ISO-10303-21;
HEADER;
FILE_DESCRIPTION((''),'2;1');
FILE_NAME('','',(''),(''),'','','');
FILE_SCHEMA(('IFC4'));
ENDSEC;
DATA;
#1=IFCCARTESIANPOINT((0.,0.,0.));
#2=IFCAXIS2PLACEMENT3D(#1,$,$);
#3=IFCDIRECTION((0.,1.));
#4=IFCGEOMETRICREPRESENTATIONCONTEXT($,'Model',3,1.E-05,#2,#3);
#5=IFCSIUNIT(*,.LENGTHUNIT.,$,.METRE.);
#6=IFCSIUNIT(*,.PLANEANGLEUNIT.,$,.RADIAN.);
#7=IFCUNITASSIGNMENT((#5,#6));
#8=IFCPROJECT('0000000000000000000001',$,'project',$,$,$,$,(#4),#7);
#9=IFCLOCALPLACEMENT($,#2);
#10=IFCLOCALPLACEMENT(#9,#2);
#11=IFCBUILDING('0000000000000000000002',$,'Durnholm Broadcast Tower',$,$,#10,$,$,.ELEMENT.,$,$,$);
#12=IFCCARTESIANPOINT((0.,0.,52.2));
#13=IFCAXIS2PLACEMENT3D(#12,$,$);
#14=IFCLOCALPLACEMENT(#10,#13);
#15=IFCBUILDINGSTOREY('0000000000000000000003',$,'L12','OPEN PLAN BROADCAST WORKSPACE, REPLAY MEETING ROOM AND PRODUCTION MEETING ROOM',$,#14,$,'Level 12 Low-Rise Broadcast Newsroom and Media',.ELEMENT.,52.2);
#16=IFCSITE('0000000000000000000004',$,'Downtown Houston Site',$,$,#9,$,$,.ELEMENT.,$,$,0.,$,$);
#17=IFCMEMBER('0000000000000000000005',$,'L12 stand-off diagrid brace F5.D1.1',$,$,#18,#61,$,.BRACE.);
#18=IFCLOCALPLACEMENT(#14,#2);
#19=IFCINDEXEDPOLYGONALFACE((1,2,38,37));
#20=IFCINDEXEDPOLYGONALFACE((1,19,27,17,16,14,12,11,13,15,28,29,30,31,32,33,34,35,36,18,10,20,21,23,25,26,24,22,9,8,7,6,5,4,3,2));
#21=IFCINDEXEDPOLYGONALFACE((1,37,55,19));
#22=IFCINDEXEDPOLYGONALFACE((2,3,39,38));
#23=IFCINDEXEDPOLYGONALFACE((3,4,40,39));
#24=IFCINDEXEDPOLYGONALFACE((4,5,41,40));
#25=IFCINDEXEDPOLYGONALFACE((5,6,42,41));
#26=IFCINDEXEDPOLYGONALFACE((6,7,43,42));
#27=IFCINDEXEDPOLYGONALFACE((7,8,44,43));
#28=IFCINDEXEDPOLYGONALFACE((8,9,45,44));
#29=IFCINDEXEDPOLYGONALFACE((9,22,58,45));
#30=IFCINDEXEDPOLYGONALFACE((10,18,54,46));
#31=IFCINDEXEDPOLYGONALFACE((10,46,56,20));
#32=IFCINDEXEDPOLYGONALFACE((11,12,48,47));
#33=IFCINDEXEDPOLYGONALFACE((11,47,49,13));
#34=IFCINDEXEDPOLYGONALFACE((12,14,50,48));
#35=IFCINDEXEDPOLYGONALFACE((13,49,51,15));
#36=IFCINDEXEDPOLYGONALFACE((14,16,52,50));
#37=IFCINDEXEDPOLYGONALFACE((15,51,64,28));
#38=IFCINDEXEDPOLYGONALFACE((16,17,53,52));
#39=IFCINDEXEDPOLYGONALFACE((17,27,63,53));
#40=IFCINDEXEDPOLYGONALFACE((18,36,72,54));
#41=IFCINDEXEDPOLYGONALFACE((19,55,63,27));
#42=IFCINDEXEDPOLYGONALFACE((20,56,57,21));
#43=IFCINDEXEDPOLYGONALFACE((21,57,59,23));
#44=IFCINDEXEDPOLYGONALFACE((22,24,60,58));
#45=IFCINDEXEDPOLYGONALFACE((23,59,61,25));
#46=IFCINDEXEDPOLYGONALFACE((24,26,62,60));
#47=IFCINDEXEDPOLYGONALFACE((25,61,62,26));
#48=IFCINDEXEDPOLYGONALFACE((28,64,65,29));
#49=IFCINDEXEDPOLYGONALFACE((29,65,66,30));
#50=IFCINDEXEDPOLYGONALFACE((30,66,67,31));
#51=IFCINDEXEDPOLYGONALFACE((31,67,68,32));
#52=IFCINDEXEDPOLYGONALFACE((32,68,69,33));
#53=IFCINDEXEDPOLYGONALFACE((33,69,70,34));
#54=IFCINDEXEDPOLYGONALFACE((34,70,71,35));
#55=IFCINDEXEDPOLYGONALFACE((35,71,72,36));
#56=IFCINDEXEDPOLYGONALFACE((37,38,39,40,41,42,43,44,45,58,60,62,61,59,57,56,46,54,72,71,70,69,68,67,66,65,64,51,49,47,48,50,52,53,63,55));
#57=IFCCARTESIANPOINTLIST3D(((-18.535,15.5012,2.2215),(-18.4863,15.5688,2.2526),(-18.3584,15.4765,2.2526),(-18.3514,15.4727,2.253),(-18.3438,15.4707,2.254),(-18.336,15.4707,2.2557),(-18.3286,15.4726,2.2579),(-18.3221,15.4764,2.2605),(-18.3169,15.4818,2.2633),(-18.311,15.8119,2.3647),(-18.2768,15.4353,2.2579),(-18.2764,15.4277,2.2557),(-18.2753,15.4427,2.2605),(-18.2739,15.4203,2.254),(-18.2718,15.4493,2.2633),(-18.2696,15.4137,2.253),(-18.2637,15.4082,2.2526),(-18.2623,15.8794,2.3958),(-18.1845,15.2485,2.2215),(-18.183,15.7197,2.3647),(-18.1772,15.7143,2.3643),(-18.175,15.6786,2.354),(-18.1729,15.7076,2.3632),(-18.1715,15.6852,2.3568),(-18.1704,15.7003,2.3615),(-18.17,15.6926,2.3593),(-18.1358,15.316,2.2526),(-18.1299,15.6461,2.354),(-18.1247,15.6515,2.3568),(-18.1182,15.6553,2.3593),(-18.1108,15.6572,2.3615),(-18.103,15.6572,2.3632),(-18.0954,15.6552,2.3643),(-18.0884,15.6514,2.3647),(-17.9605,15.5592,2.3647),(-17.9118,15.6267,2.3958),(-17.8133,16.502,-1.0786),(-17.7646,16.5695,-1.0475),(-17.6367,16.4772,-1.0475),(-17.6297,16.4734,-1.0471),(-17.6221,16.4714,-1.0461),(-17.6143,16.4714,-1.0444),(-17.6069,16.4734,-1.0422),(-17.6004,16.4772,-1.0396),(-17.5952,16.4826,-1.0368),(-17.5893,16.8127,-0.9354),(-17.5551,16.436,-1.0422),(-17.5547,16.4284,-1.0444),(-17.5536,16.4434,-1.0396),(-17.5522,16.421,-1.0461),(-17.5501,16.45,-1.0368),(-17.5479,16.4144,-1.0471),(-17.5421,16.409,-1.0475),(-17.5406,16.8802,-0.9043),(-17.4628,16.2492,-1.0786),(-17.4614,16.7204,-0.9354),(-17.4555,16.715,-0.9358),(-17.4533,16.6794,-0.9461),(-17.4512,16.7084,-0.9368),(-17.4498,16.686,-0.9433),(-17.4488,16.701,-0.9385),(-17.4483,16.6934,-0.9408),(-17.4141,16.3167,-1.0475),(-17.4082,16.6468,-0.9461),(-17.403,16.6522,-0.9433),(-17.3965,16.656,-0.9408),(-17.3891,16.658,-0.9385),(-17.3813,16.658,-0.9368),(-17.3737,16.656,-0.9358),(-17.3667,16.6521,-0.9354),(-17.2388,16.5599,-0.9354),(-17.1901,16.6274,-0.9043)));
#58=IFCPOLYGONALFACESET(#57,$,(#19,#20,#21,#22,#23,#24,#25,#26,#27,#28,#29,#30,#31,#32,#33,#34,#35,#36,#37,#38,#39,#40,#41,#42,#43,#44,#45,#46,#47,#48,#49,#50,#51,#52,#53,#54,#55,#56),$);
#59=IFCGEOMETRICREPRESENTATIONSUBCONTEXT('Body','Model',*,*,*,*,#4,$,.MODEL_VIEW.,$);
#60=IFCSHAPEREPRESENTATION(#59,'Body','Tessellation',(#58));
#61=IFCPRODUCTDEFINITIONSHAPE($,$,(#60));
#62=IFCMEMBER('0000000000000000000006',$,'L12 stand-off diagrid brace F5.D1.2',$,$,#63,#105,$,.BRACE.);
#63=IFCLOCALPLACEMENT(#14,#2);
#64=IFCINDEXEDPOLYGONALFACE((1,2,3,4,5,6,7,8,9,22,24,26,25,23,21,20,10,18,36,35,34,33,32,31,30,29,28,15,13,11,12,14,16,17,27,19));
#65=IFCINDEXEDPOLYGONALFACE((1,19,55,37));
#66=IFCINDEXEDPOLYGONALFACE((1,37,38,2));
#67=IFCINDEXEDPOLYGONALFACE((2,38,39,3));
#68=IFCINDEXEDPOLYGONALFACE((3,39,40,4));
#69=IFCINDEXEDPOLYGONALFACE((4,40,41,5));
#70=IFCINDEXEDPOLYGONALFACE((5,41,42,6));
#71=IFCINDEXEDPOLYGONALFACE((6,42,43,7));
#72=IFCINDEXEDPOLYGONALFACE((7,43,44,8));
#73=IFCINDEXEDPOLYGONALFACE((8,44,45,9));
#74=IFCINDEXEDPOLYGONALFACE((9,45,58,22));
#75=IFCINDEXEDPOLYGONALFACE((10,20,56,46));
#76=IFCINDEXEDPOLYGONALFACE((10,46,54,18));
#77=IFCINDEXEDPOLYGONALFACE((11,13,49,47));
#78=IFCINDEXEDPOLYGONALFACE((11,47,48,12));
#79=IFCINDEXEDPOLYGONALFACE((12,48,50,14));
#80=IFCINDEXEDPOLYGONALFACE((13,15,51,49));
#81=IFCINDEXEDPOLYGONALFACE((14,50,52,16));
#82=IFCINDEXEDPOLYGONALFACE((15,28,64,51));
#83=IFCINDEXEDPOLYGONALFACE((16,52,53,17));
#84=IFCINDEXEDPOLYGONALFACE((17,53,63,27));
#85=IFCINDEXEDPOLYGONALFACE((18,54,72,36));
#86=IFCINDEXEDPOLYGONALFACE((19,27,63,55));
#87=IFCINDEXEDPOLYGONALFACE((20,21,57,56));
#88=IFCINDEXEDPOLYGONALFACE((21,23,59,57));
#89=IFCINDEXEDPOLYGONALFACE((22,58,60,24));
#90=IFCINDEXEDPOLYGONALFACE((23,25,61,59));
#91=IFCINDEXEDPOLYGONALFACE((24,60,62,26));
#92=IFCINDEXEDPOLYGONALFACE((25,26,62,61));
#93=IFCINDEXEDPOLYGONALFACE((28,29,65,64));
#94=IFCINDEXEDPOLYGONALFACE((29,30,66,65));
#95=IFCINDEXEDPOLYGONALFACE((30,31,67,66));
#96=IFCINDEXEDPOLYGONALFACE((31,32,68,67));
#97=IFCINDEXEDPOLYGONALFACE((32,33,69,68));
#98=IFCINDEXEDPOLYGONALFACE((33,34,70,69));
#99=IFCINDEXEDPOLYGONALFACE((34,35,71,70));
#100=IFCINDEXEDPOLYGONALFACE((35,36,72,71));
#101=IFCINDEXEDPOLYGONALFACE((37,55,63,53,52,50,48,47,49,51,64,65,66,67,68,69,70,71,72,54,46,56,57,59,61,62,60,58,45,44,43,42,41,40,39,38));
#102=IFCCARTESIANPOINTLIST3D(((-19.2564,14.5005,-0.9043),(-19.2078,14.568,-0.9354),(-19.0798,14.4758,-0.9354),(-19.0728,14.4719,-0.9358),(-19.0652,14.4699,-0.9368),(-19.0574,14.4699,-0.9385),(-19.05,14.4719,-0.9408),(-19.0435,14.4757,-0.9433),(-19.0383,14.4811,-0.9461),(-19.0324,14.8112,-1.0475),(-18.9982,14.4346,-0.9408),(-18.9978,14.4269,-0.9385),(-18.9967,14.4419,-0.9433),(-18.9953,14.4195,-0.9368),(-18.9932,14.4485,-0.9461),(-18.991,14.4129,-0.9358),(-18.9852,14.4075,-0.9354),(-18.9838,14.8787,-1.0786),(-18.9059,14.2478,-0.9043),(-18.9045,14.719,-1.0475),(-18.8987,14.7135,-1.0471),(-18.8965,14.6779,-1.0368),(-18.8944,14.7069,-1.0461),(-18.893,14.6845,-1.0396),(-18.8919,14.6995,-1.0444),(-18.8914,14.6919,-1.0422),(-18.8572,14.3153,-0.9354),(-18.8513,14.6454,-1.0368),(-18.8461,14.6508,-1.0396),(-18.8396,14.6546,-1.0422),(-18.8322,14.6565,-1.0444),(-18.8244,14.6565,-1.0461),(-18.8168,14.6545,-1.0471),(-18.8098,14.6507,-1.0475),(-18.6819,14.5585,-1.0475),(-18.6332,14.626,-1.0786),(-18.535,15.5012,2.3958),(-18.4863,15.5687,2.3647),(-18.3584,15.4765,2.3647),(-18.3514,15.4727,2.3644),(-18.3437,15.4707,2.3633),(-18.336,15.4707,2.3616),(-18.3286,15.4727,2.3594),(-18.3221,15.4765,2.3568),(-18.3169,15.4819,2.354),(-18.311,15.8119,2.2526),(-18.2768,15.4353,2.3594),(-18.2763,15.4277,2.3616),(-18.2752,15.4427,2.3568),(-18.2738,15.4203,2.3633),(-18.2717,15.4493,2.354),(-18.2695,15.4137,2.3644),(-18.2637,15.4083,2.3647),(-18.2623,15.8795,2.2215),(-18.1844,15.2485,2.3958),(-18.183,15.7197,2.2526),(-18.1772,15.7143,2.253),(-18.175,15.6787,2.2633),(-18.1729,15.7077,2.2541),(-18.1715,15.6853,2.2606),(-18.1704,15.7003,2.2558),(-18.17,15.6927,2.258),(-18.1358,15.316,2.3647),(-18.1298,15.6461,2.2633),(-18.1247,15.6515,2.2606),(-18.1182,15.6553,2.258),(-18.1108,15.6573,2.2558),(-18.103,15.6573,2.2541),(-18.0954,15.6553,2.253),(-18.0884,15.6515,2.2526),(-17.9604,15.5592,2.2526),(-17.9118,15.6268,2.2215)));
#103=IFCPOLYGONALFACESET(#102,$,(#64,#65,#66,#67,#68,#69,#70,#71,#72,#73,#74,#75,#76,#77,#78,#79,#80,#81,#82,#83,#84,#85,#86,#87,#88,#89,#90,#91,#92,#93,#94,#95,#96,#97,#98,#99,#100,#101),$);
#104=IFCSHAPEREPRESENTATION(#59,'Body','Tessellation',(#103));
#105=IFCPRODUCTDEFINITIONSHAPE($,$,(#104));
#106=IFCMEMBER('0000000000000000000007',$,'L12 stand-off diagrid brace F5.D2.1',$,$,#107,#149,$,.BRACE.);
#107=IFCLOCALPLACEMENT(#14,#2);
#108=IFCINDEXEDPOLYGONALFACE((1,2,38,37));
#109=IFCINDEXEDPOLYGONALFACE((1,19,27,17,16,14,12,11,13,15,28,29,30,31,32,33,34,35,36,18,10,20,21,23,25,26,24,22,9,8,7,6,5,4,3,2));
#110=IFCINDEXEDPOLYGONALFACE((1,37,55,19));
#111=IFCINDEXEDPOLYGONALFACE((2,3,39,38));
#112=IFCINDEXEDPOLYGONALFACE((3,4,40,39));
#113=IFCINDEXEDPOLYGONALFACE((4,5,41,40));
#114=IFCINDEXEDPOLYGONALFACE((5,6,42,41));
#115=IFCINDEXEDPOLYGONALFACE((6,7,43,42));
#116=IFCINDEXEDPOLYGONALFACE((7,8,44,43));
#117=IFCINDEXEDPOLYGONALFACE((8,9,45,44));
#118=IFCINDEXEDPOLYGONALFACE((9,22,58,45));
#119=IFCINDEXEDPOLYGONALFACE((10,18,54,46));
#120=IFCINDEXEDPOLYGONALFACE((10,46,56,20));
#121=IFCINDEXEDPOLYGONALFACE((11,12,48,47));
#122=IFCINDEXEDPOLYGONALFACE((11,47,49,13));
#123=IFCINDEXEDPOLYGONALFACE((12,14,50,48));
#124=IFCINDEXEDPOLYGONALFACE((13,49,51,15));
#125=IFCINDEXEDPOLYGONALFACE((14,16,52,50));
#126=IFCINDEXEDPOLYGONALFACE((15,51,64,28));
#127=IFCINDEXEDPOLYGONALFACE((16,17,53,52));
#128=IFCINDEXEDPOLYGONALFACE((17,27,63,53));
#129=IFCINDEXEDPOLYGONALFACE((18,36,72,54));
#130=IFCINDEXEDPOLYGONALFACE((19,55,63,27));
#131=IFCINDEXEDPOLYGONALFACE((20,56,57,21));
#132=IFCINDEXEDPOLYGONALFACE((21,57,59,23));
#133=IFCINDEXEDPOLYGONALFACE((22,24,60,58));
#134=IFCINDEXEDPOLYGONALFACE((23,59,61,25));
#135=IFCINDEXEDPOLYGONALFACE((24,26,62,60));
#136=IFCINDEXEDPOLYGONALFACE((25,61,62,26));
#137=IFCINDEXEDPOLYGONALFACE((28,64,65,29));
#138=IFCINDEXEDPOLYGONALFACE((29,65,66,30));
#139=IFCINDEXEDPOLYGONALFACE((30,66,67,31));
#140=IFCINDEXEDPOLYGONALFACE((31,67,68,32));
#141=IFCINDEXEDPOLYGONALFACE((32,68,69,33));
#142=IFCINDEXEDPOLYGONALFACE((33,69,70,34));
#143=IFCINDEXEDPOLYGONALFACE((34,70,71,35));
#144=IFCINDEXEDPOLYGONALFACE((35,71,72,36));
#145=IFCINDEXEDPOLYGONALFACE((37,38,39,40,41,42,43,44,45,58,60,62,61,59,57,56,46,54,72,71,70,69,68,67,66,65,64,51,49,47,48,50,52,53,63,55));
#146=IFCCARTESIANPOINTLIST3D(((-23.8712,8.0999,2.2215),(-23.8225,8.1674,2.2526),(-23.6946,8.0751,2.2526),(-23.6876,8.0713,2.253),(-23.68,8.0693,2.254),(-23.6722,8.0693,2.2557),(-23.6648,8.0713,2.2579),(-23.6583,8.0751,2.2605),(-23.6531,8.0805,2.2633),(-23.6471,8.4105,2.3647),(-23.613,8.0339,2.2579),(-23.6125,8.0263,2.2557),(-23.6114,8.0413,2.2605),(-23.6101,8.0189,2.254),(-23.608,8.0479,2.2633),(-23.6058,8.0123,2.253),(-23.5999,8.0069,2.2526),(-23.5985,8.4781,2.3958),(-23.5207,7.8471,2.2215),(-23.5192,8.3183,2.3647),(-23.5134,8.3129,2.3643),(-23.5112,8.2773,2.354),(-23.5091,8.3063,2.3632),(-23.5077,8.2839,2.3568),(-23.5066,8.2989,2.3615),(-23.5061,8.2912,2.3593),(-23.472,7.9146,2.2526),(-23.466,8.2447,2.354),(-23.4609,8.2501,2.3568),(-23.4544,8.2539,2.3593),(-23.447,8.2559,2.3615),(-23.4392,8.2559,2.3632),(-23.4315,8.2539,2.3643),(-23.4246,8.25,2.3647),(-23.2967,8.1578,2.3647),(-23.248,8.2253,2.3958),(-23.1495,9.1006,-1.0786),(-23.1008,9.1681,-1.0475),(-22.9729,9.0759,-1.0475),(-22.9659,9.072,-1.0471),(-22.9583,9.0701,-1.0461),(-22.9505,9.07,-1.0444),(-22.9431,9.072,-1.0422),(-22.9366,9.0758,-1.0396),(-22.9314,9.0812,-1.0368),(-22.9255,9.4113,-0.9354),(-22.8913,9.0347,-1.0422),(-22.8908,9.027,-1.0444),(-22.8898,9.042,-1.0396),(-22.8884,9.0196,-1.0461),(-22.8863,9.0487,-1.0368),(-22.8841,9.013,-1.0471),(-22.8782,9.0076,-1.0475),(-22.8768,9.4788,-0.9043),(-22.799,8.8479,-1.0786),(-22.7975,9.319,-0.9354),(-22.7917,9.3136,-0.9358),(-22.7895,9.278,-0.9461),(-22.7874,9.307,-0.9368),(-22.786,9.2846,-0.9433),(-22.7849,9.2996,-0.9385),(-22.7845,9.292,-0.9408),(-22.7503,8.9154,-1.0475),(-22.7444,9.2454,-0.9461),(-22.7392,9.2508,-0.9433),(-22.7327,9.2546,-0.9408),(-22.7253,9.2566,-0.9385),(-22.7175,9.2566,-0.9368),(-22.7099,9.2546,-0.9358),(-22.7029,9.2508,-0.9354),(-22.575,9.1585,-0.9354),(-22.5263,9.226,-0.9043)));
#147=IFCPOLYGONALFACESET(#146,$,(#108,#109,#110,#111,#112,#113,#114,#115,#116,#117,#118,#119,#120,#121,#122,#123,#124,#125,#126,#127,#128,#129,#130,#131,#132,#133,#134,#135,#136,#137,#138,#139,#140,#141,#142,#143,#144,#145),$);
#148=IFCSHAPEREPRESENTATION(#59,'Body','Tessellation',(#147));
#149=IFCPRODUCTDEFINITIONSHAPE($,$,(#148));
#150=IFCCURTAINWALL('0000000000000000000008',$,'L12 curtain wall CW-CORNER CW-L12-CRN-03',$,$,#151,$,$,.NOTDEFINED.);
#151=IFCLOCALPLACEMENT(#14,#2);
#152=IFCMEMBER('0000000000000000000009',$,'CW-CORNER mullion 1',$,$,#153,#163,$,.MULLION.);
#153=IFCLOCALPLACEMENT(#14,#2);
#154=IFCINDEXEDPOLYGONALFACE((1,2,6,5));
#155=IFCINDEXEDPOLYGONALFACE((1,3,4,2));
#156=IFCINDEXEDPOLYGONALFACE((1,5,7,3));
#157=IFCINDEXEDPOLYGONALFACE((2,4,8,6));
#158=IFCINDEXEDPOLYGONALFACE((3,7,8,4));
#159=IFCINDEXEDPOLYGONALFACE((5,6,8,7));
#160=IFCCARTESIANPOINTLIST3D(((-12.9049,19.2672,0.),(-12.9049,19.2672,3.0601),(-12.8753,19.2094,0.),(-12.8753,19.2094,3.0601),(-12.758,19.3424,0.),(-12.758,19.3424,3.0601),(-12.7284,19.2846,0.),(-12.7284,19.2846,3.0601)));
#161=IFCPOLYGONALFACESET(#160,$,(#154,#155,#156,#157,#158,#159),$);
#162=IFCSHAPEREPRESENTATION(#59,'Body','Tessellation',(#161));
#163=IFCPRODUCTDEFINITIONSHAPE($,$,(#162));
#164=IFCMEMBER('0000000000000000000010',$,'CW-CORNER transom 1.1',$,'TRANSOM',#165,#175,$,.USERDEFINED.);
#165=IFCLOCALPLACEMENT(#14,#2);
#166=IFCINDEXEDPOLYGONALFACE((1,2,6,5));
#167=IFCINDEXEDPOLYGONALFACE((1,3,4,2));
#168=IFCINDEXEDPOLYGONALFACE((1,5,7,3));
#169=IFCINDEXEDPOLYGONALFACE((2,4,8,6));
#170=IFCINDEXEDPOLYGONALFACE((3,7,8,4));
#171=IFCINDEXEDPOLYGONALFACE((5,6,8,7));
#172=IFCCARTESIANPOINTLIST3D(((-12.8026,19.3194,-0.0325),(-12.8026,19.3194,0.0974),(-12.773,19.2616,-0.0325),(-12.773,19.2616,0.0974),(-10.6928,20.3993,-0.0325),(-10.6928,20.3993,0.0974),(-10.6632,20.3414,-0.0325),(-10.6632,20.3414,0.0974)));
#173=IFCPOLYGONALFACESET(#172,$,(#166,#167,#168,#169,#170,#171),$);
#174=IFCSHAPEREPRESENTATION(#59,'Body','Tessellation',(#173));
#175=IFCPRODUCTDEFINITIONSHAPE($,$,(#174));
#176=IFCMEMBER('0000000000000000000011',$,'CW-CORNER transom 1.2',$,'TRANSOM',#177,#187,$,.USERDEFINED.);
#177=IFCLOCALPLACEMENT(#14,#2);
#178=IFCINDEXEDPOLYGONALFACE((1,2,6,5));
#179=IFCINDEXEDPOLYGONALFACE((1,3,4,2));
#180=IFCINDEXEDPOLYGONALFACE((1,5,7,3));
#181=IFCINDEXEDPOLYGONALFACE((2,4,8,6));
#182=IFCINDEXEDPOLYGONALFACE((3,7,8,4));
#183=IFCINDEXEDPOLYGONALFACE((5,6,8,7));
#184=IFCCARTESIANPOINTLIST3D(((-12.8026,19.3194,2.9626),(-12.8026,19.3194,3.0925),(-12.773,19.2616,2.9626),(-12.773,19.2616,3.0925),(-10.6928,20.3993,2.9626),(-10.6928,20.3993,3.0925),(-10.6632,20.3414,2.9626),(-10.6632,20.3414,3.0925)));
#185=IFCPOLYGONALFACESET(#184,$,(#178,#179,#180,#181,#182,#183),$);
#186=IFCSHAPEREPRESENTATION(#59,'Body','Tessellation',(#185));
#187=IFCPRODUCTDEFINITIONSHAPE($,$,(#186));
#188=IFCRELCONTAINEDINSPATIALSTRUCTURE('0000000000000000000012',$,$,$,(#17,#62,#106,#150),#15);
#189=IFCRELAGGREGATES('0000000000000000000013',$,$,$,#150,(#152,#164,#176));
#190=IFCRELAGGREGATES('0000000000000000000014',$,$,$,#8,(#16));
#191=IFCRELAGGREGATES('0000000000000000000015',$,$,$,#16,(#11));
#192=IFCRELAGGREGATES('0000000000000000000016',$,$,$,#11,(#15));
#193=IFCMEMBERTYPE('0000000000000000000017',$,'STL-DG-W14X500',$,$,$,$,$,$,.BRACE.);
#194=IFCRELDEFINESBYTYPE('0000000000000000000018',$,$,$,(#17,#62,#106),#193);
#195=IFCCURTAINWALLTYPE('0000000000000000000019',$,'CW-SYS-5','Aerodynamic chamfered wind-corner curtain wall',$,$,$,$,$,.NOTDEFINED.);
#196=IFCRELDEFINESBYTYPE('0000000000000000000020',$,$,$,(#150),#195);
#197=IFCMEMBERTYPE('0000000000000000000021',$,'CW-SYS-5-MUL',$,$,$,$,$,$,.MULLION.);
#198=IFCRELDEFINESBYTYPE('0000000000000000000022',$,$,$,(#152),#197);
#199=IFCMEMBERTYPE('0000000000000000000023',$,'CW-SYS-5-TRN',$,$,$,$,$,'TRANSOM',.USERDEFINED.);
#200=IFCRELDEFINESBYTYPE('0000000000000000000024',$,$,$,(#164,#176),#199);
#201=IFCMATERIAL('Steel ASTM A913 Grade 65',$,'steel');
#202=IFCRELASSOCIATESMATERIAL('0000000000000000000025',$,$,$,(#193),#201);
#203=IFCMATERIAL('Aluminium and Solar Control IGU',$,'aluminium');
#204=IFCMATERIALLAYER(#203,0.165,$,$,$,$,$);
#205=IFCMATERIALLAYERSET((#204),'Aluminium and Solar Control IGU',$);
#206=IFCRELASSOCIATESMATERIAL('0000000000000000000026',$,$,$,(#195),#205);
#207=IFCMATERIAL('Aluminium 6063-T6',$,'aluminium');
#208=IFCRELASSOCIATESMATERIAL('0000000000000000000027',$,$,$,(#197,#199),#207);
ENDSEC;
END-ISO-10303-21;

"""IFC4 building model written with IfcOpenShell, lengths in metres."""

from ifc_helpers import new_model, si_unit, direction, frame, origin, origin_2d, place, context, subcontext, project, spatial, rectangle, i_section, extrude, source, transform, mapped, material, layer, layer_set, material_profile, profile_set, type_object, type_shapes, element, aggregate, save


model = new_model("IFC4")

# Units and contexts
model_context = context("Model", 3, precision=1e-05, world=origin(), true_north=direction((0.0, 1.0)))
body_context = subcontext(model_context, "Body", "Model", "MODEL_VIEW")
ifc_project = project(units=[si_unit("LENGTHUNIT", "METRE"), si_unit("PLANEANGLEUNIT", "RADIAN")], contexts=[model_context])

# Site, building, storey
site_placement = place(None, origin())
site = spatial("IfcSite", under=ifc_project, at=site_placement, Name="Downtown Houston Site", CompositionType="ELEMENT", RefElevation=0.0)
building_placement = place(site_placement, origin())
building = spatial("IfcBuilding", under=site, at=building_placement, Name="Durnholm Broadcast Tower", CompositionType="ELEMENT")
storey_placement = place(building_placement, frame((0.0, 0.0, 52.2)))
storey = spatial("IfcBuildingStorey", under=building, at=storey_placement, Name="L12", Description="OPEN PLAN BROADCAST WORKSPACE, REPLAY MEETING ROOM AND PRODUCTION MEETING ROOM", LongName="Level 12 Low-Rise Broadcast Newsroom and Media", CompositionType="ELEMENT", Elevation=52.2)

# Members
ifc_material_1 = material(Name="Steel ASTM A913 Grade 65", Category="steel")
ifc_material_profile_1 = material_profile(ifc_material_1, i_section(OverallWidth=0.4321, OverallDepth=0.4978, WebThickness=0.0557, FlangeThickness=0.0889, FilletRadius=0.0305, at=origin_2d()), Name="W14X500")
ifc_profile_set_1 = profile_set([ifc_material_profile_1], Name="Steel ASTM A913 Grade 65")
member_type_1 = type_object("IfcMemberType", Name="STL-DG-W14X500", PredefinedType="BRACE", material=ifc_profile_set_1)
shared_shape_1 = source(origin(), body_context, "Body", "SweptSolid", [
    extrude(i_section(OverallWidth=0.4321, OverallDepth=0.4978, WebThickness=0.0557, FlangeThickness=0.0889, FilletRadius=0.0305, at=origin_2d()), origin(), (0.0, 0.0, 1.0), 3.5232),
])
type_shapes(member_type_1, [shared_shape_1])
for number, where, z_axis, x_axis, name in (
    (1, (-17.5017, 16.5647, -0.9915), (-0.204839, -0.284045, 0.936675), (0.811091, -0.58492, 0.0), "L12 stand-off diagrid brace F5.D1.1"),
    (2, (-18.9448, 14.5632, -0.9915), (0.204773, 0.284049, 0.936688), (-0.811185, 0.584789, 0.0), "L12 stand-off diagrid brace F5.D1.2"),
    (3, (-22.8379, 9.1633, -0.9915), (-0.204839, -0.284045, 0.936675), (0.811091, -0.58492, 0.0), "L12 stand-off diagrid brace F5.D2.1"),
):
    element("IfcMember", number, at=place(storey_placement, frame(where, z_axis=z_axis, x_axis=x_axis)), inside=storey, type_object=member_type_1, Name=name, PredefinedType="BRACE", context=body_context, shape_type="MappedRepresentation", body=[
        mapped(shared_shape_1, transform((0.0, 0.0, 0.0), x_axis=(1.0, 0.0, 0.0), y_axis=(0.0, 1.0, 0.0), z_axis=(0.0, 0.0, 1.0), scale=1.0)),
    ])

# Curtain wall, members
ifc_material_2 = material(Name="Aluminium and Solar Control IGU", Category="aluminium")
ifc_layer_1 = layer(ifc_material_2, 0.165)
ifc_layer_set_1 = layer_set([ifc_layer_1], Name="Aluminium and Solar Control IGU")
curtain_wall_type_1 = type_object("IfcCurtainWallType", Name="CW-SYS-5", Description="Aerodynamic chamfered wind-corner curtain wall", PredefinedType="NOTDEFINED", material=ifc_layer_set_1)
curtain_wall_1_placement = place(storey_placement, origin())
curtain_wall_1 = element("IfcCurtainWall", 4, at=curtain_wall_1_placement, inside=storey, type_object=curtain_wall_type_1, Name="L12 curtain wall CW-CORNER CW-L12-CRN-03", PredefinedType="NOTDEFINED")
ifc_material_3 = material(Name="Aluminium 6063-T6", Category="aluminium")
ifc_material_profile_2 = material_profile(ifc_material_3, rectangle(XDim=0.0649, YDim=0.165, at=origin_2d()), Name="CWM65X165")
ifc_profile_set_2 = profile_set([ifc_material_profile_2], Name="Aluminium 6063-T6")
member_type_2 = type_object("IfcMemberType", Name="CW-SYS-5-MUL", PredefinedType="MULLION", material=ifc_profile_set_2)
shared_shape_2 = source(origin(), body_context, "Body", "SweptSolid", [
    extrude(rectangle(XDim=0.0649, YDim=0.165, at=origin_2d()), origin(), (0.0, 0.0, 1.0), 3.0601),
])
type_shapes(member_type_2, [shared_shape_2])
member_1_placement = place(storey_placement, frame((-12.8167, 19.2759, 0.0), z_axis=(0.0, 0.0, 1.0), x_axis=(-0.455594, 0.890188, 0.0)))
member_1 = element("IfcMember", 5, at=member_1_placement, type_object=member_type_2, Name="CW-CORNER mullion 1", PredefinedType="MULLION", context=body_context, shape_type="MappedRepresentation", body=[
    mapped(shared_shape_2, transform((0.0, 0.0, 0.0), x_axis=(1.0, 0.0, 0.0), y_axis=(0.0, 1.0, 0.0), z_axis=(0.0, 0.0, 1.0), scale=1.0)),
])
ifc_material_profile_3 = material_profile(ifc_material_3, rectangle(XDim=0.0649, YDim=0.1299, at=origin_2d()), Name="CWT65X130")
ifc_profile_set_3 = profile_set([ifc_material_profile_3], Name="Aluminium 6063-T6")
member_type_3 = type_object("IfcMemberType", Name="CW-SYS-5-TRN", ElementType="TRANSOM", PredefinedType="USERDEFINED", material=ifc_profile_set_3)
shared_shape_3 = source(origin(), body_context, "Body", "SweptSolid", [
    extrude(rectangle(XDim=0.0649, YDim=0.1299, at=origin_2d()), origin(), (0.0, 0.0, 1.0), 2.3701),
])
type_shapes(member_type_3, [shared_shape_3])
member_2_placement = place(storey_placement, frame((-12.7878, 19.2905, 0.0325), z_axis=(0.890185, 0.455599, 0.0), x_axis=(-0.455599, 0.890185, 0.0)))
member_2 = element("IfcMember", 6, at=member_2_placement, type_object=member_type_3, Name="CW-CORNER transom 1.1", ObjectType="TRANSOM", PredefinedType="USERDEFINED", context=body_context, shape_type="MappedRepresentation", body=[
    mapped(shared_shape_3, transform((0.0, 0.0, 0.0), x_axis=(1.0, 0.0, 0.0), y_axis=(0.0, 1.0, 0.0), z_axis=(0.0, 0.0, 1.0), scale=1.0)),
])
member_3_placement = place(storey_placement, frame((-12.7878, 19.2905, 3.0276), z_axis=(0.890185, 0.455599, 0.0), x_axis=(-0.455599, 0.890185, 0.0)))
member_3 = element("IfcMember", 7, at=member_3_placement, type_object=member_type_3, Name="CW-CORNER transom 1.2", ObjectType="TRANSOM", PredefinedType="USERDEFINED", context=body_context, shape_type="MappedRepresentation", body=[
    mapped(shared_shape_3, transform((0.0, 0.0, 0.0), x_axis=(1.0, 0.0, 0.0), y_axis=(0.0, 1.0, 0.0), z_axis=(0.0, 0.0, 1.0), scale=1.0)),
])
aggregate(curtain_wall_1, [member_1, member_2, member_3])

save(model, "model.ifc")
